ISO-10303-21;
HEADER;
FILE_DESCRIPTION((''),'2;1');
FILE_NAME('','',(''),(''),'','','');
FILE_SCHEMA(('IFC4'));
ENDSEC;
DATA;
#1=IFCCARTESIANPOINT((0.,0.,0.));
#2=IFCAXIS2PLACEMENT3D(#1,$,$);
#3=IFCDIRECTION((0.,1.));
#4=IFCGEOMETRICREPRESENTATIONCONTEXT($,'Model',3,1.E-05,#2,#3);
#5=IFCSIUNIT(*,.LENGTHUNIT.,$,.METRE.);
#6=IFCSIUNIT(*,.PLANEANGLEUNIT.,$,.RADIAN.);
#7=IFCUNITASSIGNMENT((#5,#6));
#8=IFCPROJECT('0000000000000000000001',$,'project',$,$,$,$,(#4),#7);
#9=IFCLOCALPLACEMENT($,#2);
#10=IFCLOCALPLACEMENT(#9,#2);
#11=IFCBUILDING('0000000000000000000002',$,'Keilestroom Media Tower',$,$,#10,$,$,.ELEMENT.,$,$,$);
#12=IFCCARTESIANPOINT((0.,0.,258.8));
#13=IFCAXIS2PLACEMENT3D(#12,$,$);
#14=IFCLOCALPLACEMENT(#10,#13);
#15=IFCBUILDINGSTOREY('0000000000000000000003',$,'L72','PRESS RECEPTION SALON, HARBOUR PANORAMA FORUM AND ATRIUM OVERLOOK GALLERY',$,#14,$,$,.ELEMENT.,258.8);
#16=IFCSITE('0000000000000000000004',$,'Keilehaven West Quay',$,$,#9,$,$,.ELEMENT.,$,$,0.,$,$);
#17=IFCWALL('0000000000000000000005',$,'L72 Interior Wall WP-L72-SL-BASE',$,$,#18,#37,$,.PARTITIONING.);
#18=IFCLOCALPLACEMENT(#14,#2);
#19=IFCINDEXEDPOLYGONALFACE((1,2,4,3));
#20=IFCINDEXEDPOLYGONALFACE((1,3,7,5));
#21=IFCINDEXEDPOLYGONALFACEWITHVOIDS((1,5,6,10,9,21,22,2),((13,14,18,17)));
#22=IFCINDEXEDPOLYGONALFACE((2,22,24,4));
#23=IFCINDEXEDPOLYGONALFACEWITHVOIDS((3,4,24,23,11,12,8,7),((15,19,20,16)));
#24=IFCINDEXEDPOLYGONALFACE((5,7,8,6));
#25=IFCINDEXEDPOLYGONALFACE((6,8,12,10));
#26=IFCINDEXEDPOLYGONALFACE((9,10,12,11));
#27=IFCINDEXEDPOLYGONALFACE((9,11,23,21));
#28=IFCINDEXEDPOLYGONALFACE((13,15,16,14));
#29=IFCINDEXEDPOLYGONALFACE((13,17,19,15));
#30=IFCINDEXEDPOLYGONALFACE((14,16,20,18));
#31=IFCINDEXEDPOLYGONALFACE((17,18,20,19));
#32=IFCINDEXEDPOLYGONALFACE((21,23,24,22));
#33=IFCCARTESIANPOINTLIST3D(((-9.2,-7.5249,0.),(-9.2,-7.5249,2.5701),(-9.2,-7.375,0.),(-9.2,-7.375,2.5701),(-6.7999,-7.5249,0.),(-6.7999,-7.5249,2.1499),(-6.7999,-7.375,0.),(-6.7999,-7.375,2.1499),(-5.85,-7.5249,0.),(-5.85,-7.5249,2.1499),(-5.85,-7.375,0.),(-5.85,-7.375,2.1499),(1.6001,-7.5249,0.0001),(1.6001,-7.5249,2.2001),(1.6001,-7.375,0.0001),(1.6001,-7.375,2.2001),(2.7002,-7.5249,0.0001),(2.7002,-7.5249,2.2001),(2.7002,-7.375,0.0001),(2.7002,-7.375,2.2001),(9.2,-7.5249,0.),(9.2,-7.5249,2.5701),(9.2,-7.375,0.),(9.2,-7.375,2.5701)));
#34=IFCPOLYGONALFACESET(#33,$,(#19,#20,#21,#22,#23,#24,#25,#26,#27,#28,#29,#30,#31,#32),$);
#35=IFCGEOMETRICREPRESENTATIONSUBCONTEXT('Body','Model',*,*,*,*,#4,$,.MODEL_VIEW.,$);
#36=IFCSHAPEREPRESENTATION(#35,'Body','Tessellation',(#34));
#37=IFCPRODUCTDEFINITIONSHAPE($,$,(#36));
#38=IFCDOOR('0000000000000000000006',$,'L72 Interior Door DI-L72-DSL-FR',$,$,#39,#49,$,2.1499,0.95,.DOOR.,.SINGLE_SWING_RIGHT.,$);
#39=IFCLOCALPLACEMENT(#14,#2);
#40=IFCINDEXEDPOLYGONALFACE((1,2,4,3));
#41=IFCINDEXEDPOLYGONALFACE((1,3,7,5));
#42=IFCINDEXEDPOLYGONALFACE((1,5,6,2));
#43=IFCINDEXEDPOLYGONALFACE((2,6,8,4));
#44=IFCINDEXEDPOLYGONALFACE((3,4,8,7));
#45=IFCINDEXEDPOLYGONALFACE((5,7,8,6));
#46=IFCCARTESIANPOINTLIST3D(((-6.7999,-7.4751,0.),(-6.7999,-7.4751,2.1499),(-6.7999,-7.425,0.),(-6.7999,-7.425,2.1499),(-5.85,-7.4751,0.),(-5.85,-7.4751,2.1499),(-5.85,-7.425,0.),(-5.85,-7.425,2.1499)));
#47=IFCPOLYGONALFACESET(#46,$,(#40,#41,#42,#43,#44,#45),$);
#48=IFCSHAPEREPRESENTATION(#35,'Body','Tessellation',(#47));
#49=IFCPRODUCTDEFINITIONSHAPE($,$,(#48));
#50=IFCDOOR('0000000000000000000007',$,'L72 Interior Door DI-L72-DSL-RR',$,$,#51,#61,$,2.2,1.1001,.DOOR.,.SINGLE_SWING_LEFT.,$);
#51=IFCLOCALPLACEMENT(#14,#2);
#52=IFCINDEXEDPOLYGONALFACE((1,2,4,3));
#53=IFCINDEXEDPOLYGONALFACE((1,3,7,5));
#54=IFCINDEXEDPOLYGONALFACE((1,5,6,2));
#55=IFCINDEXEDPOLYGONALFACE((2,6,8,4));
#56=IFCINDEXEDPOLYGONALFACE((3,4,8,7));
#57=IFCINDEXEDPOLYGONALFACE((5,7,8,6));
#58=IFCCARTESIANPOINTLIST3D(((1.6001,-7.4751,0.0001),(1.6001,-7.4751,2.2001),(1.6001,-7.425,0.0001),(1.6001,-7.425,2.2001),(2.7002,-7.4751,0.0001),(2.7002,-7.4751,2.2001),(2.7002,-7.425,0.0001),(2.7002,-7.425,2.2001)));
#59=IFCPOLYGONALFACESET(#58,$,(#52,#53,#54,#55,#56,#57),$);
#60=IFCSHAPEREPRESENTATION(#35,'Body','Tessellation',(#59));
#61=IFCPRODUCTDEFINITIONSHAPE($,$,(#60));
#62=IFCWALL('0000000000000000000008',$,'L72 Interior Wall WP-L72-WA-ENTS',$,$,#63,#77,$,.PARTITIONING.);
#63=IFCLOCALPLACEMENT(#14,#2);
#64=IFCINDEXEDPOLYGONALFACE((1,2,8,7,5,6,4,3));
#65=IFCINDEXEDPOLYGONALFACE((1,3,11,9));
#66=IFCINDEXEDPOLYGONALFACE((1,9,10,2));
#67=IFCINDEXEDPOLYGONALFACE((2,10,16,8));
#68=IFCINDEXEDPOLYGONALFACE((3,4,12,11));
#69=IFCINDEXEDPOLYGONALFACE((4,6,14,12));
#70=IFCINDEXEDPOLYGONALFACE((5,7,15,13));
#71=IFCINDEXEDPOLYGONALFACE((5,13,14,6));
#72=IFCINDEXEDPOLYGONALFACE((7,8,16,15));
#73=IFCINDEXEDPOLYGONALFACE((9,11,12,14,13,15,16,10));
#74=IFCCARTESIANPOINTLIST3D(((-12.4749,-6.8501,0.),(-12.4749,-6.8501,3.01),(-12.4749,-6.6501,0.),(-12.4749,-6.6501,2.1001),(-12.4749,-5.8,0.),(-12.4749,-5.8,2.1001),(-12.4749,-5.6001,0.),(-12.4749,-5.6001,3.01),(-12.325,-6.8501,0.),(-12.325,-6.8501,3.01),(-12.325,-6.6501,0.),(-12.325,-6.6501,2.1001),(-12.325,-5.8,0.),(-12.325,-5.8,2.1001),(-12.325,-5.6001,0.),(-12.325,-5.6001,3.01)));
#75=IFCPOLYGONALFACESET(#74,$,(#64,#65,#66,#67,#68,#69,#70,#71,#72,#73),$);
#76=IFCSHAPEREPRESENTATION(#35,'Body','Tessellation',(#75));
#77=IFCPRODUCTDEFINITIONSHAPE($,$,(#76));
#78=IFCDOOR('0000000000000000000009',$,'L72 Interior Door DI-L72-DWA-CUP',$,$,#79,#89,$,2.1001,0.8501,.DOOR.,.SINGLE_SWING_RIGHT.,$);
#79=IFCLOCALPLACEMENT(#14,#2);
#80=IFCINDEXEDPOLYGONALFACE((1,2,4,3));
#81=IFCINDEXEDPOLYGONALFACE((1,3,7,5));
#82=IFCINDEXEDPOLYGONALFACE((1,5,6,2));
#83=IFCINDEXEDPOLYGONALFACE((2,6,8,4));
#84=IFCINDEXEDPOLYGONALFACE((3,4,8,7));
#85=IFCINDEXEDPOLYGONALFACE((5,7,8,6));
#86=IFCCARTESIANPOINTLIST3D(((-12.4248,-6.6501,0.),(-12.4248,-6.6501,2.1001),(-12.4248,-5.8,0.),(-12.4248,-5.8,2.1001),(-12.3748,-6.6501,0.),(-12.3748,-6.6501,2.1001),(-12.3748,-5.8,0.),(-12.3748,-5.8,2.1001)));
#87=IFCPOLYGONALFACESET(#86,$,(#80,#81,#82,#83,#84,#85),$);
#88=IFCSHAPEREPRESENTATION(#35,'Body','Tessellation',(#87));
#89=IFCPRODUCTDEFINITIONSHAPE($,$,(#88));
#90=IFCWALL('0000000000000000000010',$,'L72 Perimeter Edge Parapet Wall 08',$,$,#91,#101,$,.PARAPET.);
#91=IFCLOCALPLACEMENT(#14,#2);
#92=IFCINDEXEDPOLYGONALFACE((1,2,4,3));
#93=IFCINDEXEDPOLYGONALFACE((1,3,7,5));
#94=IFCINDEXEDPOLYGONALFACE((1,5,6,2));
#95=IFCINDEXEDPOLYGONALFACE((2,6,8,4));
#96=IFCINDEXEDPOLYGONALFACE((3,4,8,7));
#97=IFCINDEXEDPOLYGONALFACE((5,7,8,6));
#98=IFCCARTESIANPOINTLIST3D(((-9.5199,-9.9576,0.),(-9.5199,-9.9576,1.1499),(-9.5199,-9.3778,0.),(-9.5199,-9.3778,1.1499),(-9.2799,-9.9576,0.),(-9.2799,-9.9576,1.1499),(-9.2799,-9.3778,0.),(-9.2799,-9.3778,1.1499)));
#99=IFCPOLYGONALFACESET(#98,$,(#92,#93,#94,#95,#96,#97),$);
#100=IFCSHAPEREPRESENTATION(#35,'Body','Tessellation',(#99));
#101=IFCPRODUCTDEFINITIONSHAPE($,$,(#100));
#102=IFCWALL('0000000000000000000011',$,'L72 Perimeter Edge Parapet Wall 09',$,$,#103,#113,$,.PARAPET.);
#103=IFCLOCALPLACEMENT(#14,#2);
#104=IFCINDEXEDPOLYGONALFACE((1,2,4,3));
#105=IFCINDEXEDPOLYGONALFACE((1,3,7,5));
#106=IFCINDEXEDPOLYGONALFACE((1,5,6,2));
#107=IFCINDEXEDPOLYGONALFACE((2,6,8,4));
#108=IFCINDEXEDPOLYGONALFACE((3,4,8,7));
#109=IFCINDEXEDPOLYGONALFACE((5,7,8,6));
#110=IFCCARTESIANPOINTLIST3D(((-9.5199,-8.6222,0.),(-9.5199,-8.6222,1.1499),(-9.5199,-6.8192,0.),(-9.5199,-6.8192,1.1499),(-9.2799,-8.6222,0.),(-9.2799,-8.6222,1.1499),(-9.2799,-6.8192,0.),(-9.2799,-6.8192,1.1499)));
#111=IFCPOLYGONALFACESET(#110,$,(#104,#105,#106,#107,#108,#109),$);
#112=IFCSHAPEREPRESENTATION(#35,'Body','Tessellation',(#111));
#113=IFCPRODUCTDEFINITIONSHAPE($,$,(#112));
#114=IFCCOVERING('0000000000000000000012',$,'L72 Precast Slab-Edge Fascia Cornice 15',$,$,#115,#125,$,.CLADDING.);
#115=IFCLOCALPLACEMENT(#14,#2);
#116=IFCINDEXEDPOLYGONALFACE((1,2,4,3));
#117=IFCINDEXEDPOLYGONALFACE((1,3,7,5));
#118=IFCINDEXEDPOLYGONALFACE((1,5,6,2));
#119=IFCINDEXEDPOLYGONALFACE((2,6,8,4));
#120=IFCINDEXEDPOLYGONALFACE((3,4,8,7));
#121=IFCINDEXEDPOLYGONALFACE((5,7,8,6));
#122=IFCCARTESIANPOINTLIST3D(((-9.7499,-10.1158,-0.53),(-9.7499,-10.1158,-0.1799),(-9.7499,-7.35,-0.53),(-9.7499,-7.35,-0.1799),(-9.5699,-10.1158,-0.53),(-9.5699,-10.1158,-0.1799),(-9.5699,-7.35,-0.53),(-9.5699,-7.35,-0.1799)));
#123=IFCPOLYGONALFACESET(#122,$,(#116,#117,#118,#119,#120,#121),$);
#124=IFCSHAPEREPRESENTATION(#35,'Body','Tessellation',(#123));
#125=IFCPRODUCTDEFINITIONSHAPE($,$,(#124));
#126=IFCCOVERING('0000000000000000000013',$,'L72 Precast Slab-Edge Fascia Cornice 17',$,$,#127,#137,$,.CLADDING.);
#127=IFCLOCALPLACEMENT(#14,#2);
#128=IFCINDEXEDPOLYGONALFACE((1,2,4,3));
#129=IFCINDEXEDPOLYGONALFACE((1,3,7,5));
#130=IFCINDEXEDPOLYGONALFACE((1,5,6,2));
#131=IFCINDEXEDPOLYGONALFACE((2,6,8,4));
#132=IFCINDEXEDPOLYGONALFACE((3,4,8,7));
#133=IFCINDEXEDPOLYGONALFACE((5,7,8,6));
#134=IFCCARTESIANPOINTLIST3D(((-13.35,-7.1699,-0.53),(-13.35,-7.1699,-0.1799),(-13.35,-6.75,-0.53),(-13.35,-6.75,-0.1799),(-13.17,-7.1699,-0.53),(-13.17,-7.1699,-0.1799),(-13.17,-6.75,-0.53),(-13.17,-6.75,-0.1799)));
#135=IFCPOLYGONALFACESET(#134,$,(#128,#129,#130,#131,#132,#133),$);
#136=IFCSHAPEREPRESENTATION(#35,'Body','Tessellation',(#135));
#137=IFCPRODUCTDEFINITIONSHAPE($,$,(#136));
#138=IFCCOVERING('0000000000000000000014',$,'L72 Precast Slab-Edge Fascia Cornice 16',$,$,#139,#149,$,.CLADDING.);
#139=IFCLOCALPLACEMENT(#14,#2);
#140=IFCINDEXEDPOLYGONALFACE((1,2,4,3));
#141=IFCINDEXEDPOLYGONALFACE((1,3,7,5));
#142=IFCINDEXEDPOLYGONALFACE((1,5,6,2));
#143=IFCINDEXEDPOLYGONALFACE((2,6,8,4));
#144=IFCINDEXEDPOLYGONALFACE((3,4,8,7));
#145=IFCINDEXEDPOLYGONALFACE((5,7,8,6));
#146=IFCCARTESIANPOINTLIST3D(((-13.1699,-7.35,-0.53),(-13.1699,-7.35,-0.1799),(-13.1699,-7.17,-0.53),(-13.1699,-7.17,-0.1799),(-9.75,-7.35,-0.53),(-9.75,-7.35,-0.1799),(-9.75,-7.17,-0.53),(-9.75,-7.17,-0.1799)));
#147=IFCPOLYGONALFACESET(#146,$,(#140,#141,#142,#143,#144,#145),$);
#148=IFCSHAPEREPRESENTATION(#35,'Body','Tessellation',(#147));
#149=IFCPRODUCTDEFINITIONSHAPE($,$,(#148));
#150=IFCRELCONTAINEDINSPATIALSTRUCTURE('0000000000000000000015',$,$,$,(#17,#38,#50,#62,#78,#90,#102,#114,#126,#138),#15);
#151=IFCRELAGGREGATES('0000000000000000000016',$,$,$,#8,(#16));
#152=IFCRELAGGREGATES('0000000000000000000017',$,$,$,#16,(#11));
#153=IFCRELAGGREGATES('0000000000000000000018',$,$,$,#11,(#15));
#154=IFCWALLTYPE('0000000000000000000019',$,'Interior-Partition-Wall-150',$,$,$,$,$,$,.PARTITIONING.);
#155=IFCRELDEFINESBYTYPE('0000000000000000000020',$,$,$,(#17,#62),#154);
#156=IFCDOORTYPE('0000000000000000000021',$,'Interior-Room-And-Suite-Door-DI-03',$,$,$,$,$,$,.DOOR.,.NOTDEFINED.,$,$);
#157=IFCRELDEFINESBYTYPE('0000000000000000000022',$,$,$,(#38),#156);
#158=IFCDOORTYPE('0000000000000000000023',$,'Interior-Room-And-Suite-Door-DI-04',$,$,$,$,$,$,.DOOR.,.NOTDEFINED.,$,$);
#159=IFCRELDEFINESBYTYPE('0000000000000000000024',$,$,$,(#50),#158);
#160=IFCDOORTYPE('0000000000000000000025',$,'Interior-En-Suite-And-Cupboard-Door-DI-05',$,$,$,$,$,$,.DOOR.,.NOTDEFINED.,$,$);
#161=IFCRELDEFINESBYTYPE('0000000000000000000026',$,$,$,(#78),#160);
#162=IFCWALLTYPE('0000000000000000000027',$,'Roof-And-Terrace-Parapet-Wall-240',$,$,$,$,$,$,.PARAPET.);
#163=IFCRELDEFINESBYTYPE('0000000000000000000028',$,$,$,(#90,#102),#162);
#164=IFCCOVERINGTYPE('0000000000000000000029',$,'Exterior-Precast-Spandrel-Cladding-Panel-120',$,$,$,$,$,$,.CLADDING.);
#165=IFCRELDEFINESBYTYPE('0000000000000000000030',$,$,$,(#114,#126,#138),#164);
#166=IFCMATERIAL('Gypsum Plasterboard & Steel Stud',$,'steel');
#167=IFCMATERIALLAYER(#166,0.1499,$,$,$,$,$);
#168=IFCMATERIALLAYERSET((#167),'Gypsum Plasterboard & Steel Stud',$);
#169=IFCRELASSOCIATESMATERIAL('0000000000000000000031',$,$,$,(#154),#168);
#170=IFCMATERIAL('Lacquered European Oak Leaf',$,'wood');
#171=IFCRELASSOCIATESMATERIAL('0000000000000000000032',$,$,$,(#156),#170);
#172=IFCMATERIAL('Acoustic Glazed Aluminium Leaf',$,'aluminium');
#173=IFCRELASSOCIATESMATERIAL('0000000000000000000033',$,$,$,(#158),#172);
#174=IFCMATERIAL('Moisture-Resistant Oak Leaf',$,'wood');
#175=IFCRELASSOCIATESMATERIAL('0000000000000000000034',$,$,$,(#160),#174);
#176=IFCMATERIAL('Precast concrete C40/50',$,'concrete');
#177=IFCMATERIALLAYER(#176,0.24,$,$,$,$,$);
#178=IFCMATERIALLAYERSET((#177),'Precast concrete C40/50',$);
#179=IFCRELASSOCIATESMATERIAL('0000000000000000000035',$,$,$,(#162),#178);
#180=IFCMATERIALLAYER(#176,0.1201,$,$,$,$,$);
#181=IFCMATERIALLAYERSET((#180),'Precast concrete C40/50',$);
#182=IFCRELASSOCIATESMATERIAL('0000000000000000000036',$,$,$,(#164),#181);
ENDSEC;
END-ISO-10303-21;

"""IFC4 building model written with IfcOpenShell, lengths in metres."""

from ifc_helpers import new_model, si_unit, direction, frame, frame_2d, origin, origin_2d, place, context, subcontext, project, spatial, rectangle, extrude, source, transform, mapped, material, layer, layer_set, type_object, element, fill, save


model = new_model("IFC4")

# Units and contexts
model_context = context("Model", 3, precision=1e-05, world=origin(), true_north=direction((0.0, 1.0)))
body_context = subcontext(model_context, "Body", "Model", "MODEL_VIEW")
ifc_project = project(units=[si_unit("LENGTHUNIT", "METRE"), si_unit("PLANEANGLEUNIT", "RADIAN")], contexts=[model_context])

# Site, building, storey
site_placement = place(None, origin())
site = spatial("IfcSite", under=ifc_project, at=site_placement, Name="Keilehaven West Quay", CompositionType="ELEMENT", RefElevation=0.0)
building_placement = place(site_placement, origin())
building = spatial("IfcBuilding", under=site, at=building_placement, Name="Keilestroom Media Tower", CompositionType="ELEMENT")
storey_placement = place(building_placement, frame((0.0, 0.0, 258.8)))
storey = spatial("IfcBuildingStorey", under=building, at=storey_placement, Name="L72", Description="PRESS RECEPTION SALON, HARBOUR PANORAMA FORUM AND ATRIUM OVERLOOK GALLERY", CompositionType="ELEMENT", Elevation=258.8)

# Wall, openings, doors
ifc_material_1 = material(Name="Gypsum Plasterboard & Steel Stud", Category="steel")
ifc_layer_1 = layer(ifc_material_1, 0.1499)
ifc_layer_set_1 = layer_set([ifc_layer_1], Name="Gypsum Plasterboard & Steel Stud")
wall_type_1 = type_object("IfcWallType", Name="Interior-Partition-Wall-150", PredefinedType="PARTITIONING", material=ifc_layer_set_1)
wall_1_placement = place(storey_placement, frame((-9.2, -7.45, 0.0), z_axis=(0.0, 0.0, 1.0), x_axis=(1.0, 0.0, 0.0)))
wall_1 = element("IfcWall", 1, at=wall_1_placement, inside=storey, type_object=wall_type_1, Name="L72 Interior Wall WP-L72-SL-BASE", PredefinedType="PARTITIONING", context=body_context, shape_type="SweptSolid", body=[
    extrude(rectangle(XDim=18.3999, YDim=0.1499, at=frame_2d((9.2, 0.0))), origin(), (0.0, 0.0, 1.0), 2.5701),
])
opening_1_placement = place(wall_1_placement, frame((2.3999, 0.0, 0.0)))
opening_1 = element("IfcOpeningElement", 2, at=opening_1_placement, cuts=wall_1, PredefinedType="OPENING", context=body_context, shape_type="SweptSolid", body=[
    extrude(rectangle(XDim=0.95, YDim=2.1499, at=frame_2d((0.4751, 1.075))), frame((0.0, 0.085, 0.0), z_axis=(0.0, -1.0, 0.0), x_axis=(1.0, 0.0, 0.0)), (0.0, 0.0, 1.0), 0.1699),
])
opening_2_placement = place(wall_1_placement, frame((10.8, 0.0, 0.0)))
opening_2 = element("IfcOpeningElement", 3, at=opening_2_placement, cuts=wall_1, PredefinedType="OPENING", context=body_context, shape_type="SweptSolid", body=[
    extrude(rectangle(XDim=1.1001, YDim=2.2, at=frame_2d((0.55, 1.1001))), frame((0.0, 0.085, 0.0), z_axis=(0.0, -1.0, 0.0), x_axis=(1.0, 0.0, 0.0)), (0.0, 0.0, 1.0), 0.1699),
])
ifc_material_2 = material(Name="Lacquered European Oak Leaf", Category="wood")
door_type_1 = type_object("IfcDoorType", Name="Interior-Room-And-Suite-Door-DI-03", OperationType="NOTDEFINED", PredefinedType="DOOR", material=ifc_material_2)
shared_shape_1 = source(origin(), body_context, "Body", "SweptSolid", [
    extrude(rectangle(XDim=0.95, YDim=2.1499, at=frame_2d((0.4751, 1.075))), frame((0.0, 0.0249, 0.0), z_axis=(0.0, -1.0, 0.0), x_axis=(1.0, 0.0, 0.0)), (0.0, 0.0, 1.0), 0.05),
])
door_1_placement = place(opening_1_placement, origin())
door_1 = element("IfcDoor", 4, at=door_1_placement, inside=storey, type_object=door_type_1, Name="L72 Interior Door DI-L72-DSL-FR", OperationType="SINGLE_SWING_RIGHT", OverallHeight=2.1499, OverallWidth=0.95, PredefinedType="DOOR", context=body_context, shape_type="MappedRepresentation", body=[
    mapped(shared_shape_1, transform((0.0, 0.0, 0.0), x_axis=(1.0, 0.0, 0.0), y_axis=(0.0, 1.0, 0.0), z_axis=(0.0, 0.0, 1.0), scale=1.0)),
])
fill(opening_1, door_1)
ifc_material_3 = material(Name="Acoustic Glazed Aluminium Leaf", Category="aluminium")
door_type_2 = type_object("IfcDoorType", Name="Interior-Room-And-Suite-Door-DI-04", OperationType="NOTDEFINED", PredefinedType="DOOR", material=ifc_material_3)
shared_shape_2 = source(origin(), body_context, "Body", "SweptSolid", [
    extrude(rectangle(XDim=1.1001, YDim=2.2, at=frame_2d((0.55, 1.1001))), frame((0.0, 0.0249, 0.0), z_axis=(0.0, -1.0, 0.0), x_axis=(1.0, 0.0, 0.0)), (0.0, 0.0, 1.0), 0.05),
])
door_2_placement = place(opening_2_placement, origin())
door_2 = element("IfcDoor", 5, at=door_2_placement, inside=storey, type_object=door_type_2, Name="L72 Interior Door DI-L72-DSL-RR", OperationType="SINGLE_SWING_LEFT", OverallHeight=2.2, OverallWidth=1.1001, PredefinedType="DOOR", context=body_context, shape_type="MappedRepresentation", body=[
    mapped(shared_shape_2, transform((0.0, 0.0, 0.0), x_axis=(1.0, 0.0, 0.0), y_axis=(0.0, 1.0, 0.0), z_axis=(0.0, 0.0, 1.0), scale=1.0)),
])
fill(opening_2, door_2)

# Wall, opening, door
wall_2_placement = place(storey_placement, frame((-12.3999, -6.8501, 0.0), z_axis=(0.0, 0.0, 1.0), x_axis=(0.0, 1.0, 0.0)))
wall_2 = element("IfcWall", 6, at=wall_2_placement, inside=storey, type_object=wall_type_1, Name="L72 Interior Wall WP-L72-WA-ENTS", PredefinedType="PARTITIONING", context=body_context, shape_type="SweptSolid", body=[
    extrude(rectangle(XDim=1.25, YDim=0.1499, at=frame_2d((0.625, 0.0))), origin(), (0.0, 0.0, 1.0), 3.01),
])
opening_3_placement = place(wall_2_placement, frame((0.2, 0.0, 0.0)))
opening_3 = element("IfcOpeningElement", 7, at=opening_3_placement, cuts=wall_2, PredefinedType="OPENING", context=body_context, shape_type="SweptSolid", body=[
    extrude(rectangle(XDim=0.8501, YDim=2.1001, at=frame_2d((0.425, 1.05))), frame((0.0, 0.085, 0.0), z_axis=(0.0, -1.0, 0.0), x_axis=(1.0, 0.0, 0.0)), (0.0, 0.0, 1.0), 0.1699),
])
ifc_material_4 = material(Name="Moisture-Resistant Oak Leaf", Category="wood")
door_type_3 = type_object("IfcDoorType", Name="Interior-En-Suite-And-Cupboard-Door-DI-05", OperationType="NOTDEFINED", PredefinedType="DOOR", material=ifc_material_4)
shared_shape_3 = source(origin(), body_context, "Body", "SweptSolid", [
    extrude(rectangle(XDim=0.8501, YDim=2.1001, at=frame_2d((0.425, 1.05))), frame((0.0, 0.0249, 0.0), z_axis=(0.0, -1.0, 0.0), x_axis=(1.0, 0.0, 0.0)), (0.0, 0.0, 1.0), 0.05),
])
door_3_placement = place(opening_3_placement, origin())
door_3 = element("IfcDoor", 8, at=door_3_placement, inside=storey, type_object=door_type_3, Name="L72 Interior Door DI-L72-DWA-CUP", OperationType="SINGLE_SWING_RIGHT", OverallHeight=2.1001, OverallWidth=0.8501, PredefinedType="DOOR", context=body_context, shape_type="MappedRepresentation", body=[
    mapped(shared_shape_3, transform((0.0, 0.0, 0.0), x_axis=(1.0, 0.0, 0.0), y_axis=(0.0, 1.0, 0.0), z_axis=(0.0, 0.0, 1.0), scale=1.0)),
])
fill(opening_3, door_3)

# Walls
ifc_material_5 = material(Name="Precast concrete C40/50", Category="concrete")
ifc_layer_2 = layer(ifc_material_5, 0.24)
ifc_layer_set_2 = layer_set([ifc_layer_2], Name="Precast concrete C40/50")
wall_type_2 = type_object("IfcWallType", Name="Roof-And-Terrace-Parapet-Wall-240", PredefinedType="PARAPET", material=ifc_layer_set_2)
wall_3_placement = place(storey_placement, frame((-9.3999, -9.9578, 0.0), z_axis=(0.0, 0.0, 1.0), x_axis=(0.0, 1.0, 0.0)))
element("IfcWall", 9, at=wall_3_placement, inside=storey, type_object=wall_type_2, Name="L72 Perimeter Edge Parapet Wall 08", PredefinedType="PARAPET", context=body_context, shape_type="SweptSolid", body=[
    extrude(rectangle(XDim=0.5798, YDim=0.24, at=frame_2d((0.29, 0.0))), origin(), (0.0, 0.0, 1.0), 1.1499),
])
wall_4_placement = place(storey_placement, frame((-9.3999, -8.6221, 0.0), z_axis=(0.0, 0.0, 1.0), x_axis=(0.0, 1.0, 0.0)))
element("IfcWall", 10, at=wall_4_placement, inside=storey, type_object=wall_type_2, Name="L72 Perimeter Edge Parapet Wall 09", PredefinedType="PARAPET", context=body_context, shape_type="SweptSolid", body=[
    extrude(rectangle(XDim=1.803, YDim=0.24, at=frame_2d((0.9014, 0.0))), origin(), (0.0, 0.0, 1.0), 1.1499),
])

# Coverings
ifc_layer_3 = layer(ifc_material_5, 0.1201)
ifc_layer_set_3 = layer_set([ifc_layer_3], Name="Precast concrete C40/50")
covering_type_1 = type_object("IfcCoveringType", Name="Exterior-Precast-Spandrel-Cladding-Panel-120", PredefinedType="CLADDING", material=ifc_layer_set_3)
shared_shape_4 = source(origin(), body_context, "Body", "SweptSolid", [
    extrude(rectangle(XDim=2.7659, YDim=0.1799, at=origin_2d()), origin(), (0.0, 0.0, 1.0), 0.3501),
])
covering_1_placement = place(storey_placement, frame((-9.6599, -8.7329, -0.53), z_axis=(0.0, 0.0, 1.0), x_axis=(0.0, 1.0, 0.0)))
element("IfcCovering", 11, at=covering_1_placement, inside=storey, type_object=covering_type_1, Name="L72 Precast Slab-Edge Fascia Cornice 15", PredefinedType="CLADDING", context=body_context, shape_type="MappedRepresentation", body=[
    mapped(shared_shape_4, transform((0.0, 0.0, 0.0), x_axis=(1.0, 0.0, 0.0), y_axis=(0.0, 1.0, 0.0), z_axis=(0.0, 0.0, 1.0), scale=1.0)),
])
shared_shape_5 = source(origin(), body_context, "Body", "SweptSolid", [
    extrude(rectangle(XDim=0.4199, YDim=0.1799, at=origin_2d()), origin(), (0.0, 0.0, 1.0), 0.3501),
])
covering_2_placement = place(storey_placement, frame((-13.26, -6.96, -0.53), z_axis=(0.0, 0.0, 1.0), x_axis=(0.0, 1.0, 0.0)))
element("IfcCovering", 12, at=covering_2_placement, inside=storey, type_object=covering_type_1, Name="L72 Precast Slab-Edge Fascia Cornice 17", PredefinedType="CLADDING", context=body_context, shape_type="MappedRepresentation", body=[
    mapped(shared_shape_5, transform((0.0, 0.0, 0.0), x_axis=(1.0, 0.0, 0.0), y_axis=(0.0, 1.0, 0.0), z_axis=(0.0, 0.0, 1.0), scale=1.0)),
])
shared_shape_6 = source(origin(), body_context, "Body", "SweptSolid", [
    extrude(rectangle(XDim=3.4199, YDim=0.1799, at=origin_2d()), origin(), (0.0, 0.0, 1.0), 0.3501),
])
covering_3_placement = place(storey_placement, frame((-11.46, -7.26, -0.53), z_axis=(0.0, 0.0, 1.0), x_axis=(-1.0, 0.0, 0.0)))
element("IfcCovering", 13, at=covering_3_placement, inside=storey, type_object=covering_type_1, Name="L72 Precast Slab-Edge Fascia Cornice 16", PredefinedType="CLADDING", context=body_context, shape_type="MappedRepresentation", body=[
    mapped(shared_shape_6, transform((0.0, 0.0, 0.0), x_axis=(1.0, 0.0, 0.0), y_axis=(0.0, 1.0, 0.0), z_axis=(0.0, 0.0, 1.0), scale=1.0)),
])

save(model, "model.ifc")
